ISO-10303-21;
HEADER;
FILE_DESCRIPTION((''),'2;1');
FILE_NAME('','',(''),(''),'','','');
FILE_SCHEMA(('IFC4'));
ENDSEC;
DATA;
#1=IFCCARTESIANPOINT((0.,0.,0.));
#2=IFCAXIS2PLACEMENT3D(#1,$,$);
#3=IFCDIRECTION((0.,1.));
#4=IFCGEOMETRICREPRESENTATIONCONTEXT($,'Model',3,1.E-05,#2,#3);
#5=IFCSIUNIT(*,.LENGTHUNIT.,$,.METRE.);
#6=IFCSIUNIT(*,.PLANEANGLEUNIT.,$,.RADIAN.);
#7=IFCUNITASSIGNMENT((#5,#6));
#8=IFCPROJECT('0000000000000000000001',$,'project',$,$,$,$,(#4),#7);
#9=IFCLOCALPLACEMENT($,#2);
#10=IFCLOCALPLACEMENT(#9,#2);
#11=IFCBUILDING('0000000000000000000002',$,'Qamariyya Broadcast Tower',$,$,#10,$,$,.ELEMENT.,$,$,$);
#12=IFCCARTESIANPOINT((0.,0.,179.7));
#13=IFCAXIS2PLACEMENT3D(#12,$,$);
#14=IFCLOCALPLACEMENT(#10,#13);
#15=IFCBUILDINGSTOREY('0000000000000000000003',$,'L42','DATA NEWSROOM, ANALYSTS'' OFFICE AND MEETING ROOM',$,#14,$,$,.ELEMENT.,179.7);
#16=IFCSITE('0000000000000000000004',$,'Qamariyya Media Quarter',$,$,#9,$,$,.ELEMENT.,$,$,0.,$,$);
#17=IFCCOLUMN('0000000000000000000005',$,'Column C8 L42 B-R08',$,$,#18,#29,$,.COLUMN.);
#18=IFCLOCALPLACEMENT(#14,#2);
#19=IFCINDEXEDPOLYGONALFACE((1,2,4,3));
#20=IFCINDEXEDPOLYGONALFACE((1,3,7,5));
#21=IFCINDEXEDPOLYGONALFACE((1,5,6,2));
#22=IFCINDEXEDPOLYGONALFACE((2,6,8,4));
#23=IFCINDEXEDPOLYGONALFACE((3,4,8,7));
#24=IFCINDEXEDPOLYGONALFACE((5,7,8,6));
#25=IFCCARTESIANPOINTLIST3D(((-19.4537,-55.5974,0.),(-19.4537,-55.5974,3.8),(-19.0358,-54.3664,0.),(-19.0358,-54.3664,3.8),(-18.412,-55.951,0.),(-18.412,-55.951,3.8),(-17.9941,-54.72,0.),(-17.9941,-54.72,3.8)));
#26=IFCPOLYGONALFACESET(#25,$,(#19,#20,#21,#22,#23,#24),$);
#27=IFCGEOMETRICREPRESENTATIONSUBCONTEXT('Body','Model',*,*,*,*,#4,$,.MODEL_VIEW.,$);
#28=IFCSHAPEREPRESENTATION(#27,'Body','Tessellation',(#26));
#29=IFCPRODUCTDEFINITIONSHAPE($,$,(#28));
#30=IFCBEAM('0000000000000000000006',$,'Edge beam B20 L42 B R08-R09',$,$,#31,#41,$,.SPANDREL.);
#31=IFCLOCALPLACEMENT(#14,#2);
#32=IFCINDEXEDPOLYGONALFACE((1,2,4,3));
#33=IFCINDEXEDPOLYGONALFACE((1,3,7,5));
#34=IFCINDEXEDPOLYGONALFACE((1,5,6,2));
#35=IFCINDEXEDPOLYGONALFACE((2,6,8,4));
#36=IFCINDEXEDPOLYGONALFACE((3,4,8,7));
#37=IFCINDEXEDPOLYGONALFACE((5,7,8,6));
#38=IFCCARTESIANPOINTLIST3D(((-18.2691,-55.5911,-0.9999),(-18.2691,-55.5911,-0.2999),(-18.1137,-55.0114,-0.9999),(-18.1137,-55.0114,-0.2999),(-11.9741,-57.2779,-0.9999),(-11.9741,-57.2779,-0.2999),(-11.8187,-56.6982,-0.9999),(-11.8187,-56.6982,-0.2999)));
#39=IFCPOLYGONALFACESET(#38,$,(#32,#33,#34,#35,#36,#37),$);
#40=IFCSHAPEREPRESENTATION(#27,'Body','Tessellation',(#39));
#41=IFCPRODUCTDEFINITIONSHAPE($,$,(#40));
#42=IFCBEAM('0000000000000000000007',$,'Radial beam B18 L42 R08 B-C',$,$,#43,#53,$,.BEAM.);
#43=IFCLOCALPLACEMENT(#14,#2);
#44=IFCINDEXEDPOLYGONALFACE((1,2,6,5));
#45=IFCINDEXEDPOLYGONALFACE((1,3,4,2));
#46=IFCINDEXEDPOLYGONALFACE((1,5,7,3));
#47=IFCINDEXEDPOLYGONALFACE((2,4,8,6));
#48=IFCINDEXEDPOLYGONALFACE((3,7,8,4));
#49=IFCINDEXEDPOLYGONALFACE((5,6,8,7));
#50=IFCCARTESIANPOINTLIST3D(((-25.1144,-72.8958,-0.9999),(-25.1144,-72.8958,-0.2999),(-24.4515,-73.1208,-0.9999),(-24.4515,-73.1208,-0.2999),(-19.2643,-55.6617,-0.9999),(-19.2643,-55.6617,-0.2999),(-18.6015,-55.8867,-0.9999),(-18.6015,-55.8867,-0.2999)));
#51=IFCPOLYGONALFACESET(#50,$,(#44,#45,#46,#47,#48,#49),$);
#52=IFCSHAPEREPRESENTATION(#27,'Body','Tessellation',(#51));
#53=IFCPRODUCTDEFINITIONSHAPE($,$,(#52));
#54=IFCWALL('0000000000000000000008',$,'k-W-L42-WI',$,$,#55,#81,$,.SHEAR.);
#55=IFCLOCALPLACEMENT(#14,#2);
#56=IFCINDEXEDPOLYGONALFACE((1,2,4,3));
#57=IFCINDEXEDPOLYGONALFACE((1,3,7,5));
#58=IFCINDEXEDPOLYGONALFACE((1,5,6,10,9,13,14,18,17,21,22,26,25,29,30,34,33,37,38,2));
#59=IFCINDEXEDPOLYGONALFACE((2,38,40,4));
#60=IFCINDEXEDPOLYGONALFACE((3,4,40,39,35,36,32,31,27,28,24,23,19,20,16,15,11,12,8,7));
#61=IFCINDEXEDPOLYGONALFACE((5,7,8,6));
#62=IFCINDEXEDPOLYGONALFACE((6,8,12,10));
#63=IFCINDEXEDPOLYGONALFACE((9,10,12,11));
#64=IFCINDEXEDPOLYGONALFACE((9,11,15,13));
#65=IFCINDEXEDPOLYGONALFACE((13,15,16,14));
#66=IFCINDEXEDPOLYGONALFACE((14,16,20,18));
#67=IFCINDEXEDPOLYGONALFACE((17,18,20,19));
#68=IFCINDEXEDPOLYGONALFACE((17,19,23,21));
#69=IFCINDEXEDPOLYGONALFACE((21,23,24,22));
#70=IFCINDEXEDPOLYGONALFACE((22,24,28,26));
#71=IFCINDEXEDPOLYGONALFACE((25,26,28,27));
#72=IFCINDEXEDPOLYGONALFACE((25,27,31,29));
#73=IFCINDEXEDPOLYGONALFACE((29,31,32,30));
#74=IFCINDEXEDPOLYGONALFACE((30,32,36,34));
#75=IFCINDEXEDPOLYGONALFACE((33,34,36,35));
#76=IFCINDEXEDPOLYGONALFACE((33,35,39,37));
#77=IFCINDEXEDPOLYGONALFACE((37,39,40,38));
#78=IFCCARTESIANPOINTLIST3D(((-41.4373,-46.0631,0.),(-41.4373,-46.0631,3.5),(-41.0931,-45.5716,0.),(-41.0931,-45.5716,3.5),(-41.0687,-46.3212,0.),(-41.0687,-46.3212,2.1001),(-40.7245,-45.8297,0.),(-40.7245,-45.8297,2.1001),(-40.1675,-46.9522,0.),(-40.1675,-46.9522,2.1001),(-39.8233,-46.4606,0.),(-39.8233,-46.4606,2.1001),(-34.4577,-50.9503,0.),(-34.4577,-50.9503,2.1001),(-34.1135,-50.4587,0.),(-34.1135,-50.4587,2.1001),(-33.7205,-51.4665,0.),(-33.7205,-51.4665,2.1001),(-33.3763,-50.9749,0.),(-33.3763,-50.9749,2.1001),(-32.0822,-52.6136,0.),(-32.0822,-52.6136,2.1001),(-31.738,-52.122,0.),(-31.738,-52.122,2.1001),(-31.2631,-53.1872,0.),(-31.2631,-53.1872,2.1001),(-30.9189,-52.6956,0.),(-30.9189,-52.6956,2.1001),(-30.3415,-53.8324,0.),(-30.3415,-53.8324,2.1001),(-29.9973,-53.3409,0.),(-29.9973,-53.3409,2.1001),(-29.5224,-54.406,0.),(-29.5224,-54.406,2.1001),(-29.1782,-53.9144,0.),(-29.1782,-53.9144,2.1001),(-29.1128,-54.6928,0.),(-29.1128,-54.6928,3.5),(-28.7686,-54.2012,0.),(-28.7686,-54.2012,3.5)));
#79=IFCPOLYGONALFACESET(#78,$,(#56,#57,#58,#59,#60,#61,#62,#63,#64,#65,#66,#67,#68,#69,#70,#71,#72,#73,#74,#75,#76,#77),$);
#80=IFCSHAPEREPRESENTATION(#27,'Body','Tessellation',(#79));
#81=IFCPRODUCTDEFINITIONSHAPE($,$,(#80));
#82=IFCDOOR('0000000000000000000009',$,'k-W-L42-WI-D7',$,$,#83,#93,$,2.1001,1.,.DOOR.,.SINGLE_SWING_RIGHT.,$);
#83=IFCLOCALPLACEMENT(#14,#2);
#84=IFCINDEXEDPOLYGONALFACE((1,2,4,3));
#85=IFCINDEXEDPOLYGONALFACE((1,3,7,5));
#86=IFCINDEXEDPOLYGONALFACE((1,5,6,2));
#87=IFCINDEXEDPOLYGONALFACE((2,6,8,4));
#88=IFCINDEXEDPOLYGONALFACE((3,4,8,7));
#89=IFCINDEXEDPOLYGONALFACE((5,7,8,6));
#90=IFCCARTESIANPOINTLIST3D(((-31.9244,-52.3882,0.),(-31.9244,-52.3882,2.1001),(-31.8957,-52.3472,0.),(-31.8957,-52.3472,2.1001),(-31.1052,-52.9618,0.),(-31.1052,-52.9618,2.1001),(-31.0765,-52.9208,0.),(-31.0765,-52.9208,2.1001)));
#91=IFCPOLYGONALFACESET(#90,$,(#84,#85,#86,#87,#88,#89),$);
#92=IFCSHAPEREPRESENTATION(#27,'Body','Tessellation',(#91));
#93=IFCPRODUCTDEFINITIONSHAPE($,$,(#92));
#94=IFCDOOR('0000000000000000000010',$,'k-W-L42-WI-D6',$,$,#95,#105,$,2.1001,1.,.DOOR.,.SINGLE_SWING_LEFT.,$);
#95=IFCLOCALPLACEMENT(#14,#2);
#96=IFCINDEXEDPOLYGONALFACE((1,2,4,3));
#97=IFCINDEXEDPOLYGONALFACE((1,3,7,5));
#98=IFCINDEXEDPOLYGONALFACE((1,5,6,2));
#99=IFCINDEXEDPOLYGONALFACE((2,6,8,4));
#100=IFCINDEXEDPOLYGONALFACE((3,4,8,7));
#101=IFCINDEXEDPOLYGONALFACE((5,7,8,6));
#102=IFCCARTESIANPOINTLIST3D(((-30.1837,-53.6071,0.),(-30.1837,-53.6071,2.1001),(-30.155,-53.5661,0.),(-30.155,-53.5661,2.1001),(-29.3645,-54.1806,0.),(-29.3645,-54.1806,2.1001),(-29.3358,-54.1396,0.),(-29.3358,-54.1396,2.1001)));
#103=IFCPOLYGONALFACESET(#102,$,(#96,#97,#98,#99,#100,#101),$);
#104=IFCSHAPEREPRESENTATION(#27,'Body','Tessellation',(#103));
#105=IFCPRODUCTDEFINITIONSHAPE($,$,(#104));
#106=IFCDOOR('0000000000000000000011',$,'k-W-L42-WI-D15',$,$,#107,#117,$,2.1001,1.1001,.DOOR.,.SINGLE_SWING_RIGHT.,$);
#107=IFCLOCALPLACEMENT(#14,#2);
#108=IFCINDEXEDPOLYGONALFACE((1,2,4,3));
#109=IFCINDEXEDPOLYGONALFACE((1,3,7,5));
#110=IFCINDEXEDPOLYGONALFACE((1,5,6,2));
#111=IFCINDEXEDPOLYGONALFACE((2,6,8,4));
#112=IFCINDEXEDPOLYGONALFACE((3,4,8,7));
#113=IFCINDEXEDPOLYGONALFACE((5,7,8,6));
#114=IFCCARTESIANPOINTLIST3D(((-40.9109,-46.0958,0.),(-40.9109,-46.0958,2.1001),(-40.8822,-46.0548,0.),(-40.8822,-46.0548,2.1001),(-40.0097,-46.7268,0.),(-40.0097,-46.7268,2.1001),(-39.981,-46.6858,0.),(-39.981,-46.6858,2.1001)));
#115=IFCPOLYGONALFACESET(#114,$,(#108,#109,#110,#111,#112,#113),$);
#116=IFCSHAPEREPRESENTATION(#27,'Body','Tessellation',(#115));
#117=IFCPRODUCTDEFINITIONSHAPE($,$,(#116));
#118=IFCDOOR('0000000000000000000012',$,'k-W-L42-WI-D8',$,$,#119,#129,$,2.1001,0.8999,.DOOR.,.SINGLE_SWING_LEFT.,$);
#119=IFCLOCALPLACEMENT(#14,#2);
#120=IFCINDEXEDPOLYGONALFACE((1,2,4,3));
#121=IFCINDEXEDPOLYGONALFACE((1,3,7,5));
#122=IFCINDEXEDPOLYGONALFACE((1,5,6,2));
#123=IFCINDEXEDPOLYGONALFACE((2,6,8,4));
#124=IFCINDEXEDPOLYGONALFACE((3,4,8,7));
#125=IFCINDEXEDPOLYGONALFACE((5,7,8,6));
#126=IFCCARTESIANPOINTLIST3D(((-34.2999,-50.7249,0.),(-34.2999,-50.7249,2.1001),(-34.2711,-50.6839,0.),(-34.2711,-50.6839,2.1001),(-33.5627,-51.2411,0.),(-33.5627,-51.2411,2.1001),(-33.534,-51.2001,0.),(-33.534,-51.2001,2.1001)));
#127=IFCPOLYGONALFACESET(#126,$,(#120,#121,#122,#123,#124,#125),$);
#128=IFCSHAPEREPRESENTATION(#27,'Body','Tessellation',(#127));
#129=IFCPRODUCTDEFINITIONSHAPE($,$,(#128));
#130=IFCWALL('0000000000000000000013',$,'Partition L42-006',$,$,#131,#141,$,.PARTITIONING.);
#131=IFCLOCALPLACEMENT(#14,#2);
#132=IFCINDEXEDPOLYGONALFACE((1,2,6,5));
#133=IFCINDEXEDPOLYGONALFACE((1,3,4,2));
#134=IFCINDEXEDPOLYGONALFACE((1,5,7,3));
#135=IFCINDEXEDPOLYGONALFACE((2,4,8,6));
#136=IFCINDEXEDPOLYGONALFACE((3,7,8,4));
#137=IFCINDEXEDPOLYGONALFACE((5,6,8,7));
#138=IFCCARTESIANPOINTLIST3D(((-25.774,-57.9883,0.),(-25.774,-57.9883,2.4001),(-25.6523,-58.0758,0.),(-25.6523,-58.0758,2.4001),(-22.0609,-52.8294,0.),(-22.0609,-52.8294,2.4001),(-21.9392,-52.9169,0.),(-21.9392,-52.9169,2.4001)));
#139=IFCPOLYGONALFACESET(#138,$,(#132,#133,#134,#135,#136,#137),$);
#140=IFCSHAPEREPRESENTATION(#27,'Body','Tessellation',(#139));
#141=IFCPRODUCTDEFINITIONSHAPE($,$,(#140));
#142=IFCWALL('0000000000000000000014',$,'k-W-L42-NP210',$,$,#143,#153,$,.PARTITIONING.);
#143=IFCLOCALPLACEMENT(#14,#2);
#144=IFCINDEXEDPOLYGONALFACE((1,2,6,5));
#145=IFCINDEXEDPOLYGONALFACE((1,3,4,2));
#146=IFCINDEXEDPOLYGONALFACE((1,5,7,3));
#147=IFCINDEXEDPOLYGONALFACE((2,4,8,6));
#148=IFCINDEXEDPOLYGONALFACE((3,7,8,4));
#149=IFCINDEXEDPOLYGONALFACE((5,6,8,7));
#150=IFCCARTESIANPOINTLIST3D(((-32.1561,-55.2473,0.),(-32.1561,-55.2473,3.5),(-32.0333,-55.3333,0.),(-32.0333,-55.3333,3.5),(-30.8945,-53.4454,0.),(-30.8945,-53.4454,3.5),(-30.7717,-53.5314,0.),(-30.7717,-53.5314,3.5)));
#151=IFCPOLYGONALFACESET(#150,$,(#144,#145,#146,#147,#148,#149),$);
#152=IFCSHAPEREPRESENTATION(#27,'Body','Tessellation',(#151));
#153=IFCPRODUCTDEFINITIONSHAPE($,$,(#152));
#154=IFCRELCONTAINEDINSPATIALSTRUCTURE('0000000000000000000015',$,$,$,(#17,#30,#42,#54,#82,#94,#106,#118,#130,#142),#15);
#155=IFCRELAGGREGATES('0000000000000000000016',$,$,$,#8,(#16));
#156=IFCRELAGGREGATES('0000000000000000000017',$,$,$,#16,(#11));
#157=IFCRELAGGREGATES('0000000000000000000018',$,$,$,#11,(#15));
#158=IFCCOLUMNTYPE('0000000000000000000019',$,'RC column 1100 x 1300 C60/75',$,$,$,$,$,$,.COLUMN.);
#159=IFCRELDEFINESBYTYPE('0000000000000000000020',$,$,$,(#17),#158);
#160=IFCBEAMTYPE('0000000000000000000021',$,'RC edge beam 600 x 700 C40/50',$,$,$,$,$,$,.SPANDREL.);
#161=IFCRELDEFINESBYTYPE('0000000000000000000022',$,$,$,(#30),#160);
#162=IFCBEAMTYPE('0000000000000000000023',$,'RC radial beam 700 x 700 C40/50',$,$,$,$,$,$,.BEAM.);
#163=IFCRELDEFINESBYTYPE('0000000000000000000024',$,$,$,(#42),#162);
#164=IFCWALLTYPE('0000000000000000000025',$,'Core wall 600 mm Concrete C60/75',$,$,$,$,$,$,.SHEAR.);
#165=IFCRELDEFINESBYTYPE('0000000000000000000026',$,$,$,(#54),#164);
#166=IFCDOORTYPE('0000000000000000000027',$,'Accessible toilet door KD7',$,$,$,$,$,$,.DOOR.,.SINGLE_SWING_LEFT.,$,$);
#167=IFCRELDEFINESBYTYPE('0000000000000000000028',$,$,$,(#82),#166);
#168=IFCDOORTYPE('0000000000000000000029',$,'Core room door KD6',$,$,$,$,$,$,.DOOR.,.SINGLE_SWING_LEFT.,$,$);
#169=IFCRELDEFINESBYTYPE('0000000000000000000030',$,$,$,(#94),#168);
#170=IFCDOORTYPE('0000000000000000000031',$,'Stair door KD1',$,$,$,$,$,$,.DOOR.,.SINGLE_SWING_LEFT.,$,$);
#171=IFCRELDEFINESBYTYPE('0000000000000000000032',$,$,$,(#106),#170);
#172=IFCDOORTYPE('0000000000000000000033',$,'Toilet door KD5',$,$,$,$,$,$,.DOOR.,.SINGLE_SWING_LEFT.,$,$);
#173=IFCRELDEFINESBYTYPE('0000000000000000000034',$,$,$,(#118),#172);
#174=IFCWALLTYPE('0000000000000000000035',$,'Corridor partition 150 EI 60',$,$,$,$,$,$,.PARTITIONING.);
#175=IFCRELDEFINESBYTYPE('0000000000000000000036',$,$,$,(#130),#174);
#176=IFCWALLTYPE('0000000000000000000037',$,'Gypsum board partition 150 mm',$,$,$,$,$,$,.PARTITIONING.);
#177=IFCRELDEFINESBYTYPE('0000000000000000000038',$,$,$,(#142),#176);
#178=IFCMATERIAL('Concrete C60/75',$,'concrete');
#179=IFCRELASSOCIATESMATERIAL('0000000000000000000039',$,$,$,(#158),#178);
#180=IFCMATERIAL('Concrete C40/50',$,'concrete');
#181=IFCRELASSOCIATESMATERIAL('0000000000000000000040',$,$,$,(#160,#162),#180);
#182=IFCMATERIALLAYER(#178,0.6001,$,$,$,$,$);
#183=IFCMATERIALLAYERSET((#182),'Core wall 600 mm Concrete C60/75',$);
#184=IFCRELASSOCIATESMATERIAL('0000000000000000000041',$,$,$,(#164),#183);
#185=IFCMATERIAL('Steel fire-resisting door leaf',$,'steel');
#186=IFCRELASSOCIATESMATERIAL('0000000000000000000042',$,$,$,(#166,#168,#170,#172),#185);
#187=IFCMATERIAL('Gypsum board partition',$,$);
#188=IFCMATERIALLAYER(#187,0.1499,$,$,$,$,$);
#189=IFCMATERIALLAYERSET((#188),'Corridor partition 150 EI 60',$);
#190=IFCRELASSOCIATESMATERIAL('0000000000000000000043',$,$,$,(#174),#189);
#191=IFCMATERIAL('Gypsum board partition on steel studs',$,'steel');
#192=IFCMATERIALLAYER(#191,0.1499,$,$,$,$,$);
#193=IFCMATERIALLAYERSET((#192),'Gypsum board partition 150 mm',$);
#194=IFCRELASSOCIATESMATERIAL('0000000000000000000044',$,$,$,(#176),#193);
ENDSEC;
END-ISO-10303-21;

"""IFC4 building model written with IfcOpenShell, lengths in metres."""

from ifc_helpers import new_model, si_unit, direction, frame, frame_2d, origin, origin_2d, place, context, subcontext, project, spatial, rectangle, extrude, material, layer, layer_set, material_profile, profile_set, type_object, element, fill, save


model = new_model("IFC4")

# Units and contexts
model_context = context("Model", 3, precision=1e-05, world=origin(), true_north=direction((0.0, 1.0)))
body_context = subcontext(model_context, "Body", "Model", "MODEL_VIEW")
ifc_project = project(units=[si_unit("LENGTHUNIT", "METRE"), si_unit("PLANEANGLEUNIT", "RADIAN")], contexts=[model_context])

# Site, building, storey
site_placement = place(None, origin())
site = spatial("IfcSite", under=ifc_project, at=site_placement, Name="Qamariyya Media Quarter", CompositionType="ELEMENT", RefElevation=0.0)
building_placement = place(site_placement, origin())
building = spatial("IfcBuilding", under=site, at=building_placement, Name="Qamariyya Broadcast Tower", CompositionType="ELEMENT")
storey_placement = place(building_placement, frame((0.0, 0.0, 179.7)))
storey = spatial("IfcBuildingStorey", under=building, at=storey_placement, Name="L42", Description="DATA NEWSROOM, ANALYSTS' OFFICE AND MEETING ROOM", CompositionType="ELEMENT", Elevation=179.7)

# Column
ifc_material_1 = material(Name="Concrete C60/75", Category="concrete")
ifc_material_profile_1 = material_profile(ifc_material_1, rectangle(XDim=1.1001, YDim=1.3, at=origin_2d()))
ifc_profile_set_1 = profile_set([ifc_material_profile_1], Name="Concrete C60/75")
column_type = type_object("IfcColumnType", Name="RC column 1100 x 1300 C60/75", PredefinedType="COLUMN", material=ifc_profile_set_1)
column_placement = place(storey_placement, frame((-18.7239, -55.1587, 0.0), z_axis=(0.0, 0.0, 1.0), x_axis=(0.94693, -0.321439, 0.0)))
element("IfcColumn", 1, at=column_placement, inside=storey, type_object=column_type, Name="Column C8 L42 B-R08", PredefinedType="COLUMN", context=body_context, shape_type="SweptSolid", body=[
    extrude(rectangle(XDim=1.1001, YDim=1.3, at=origin_2d()), origin(), (0.0, 0.0, 1.0), 3.8),
])

# Beams
ifc_material_2 = material(Name="Concrete C40/50", Category="concrete")
ifc_material_profile_2 = material_profile(ifc_material_2, rectangle(XDim=0.6001, YDim=0.7, at=origin_2d()))
ifc_profile_set_2 = profile_set([ifc_material_profile_2], Name="Concrete C40/50")
beam_type_1 = type_object("IfcBeamType", Name="RC edge beam 600 x 700 C40/50", PredefinedType="SPANDREL", material=ifc_profile_set_2)
beam_1_placement = place(storey_placement, frame((-18.1914, -55.3013, -0.6499), z_axis=(0.965924, -0.258826, 0.0), x_axis=(0.258826, 0.965924, 0.0)))
element("IfcBeam", 2, at=beam_1_placement, inside=storey, type_object=beam_type_1, Name="Edge beam B20 L42 B R08-R09", PredefinedType="SPANDREL", context=body_context, shape_type="SweptSolid", body=[
    extrude(rectangle(XDim=0.6001, YDim=0.7, at=origin_2d()), origin(), (0.0, 0.0, 1.0), 6.5171),
])
ifc_material_profile_3 = material_profile(ifc_material_2, rectangle(XDim=0.7, YDim=0.7, at=origin_2d()))
ifc_profile_set_3 = profile_set([ifc_material_profile_3], Name="Concrete C40/50")
beam_type_2 = type_object("IfcBeamType", Name="RC radial beam 700 x 700 C40/50", PredefinedType="BEAM", material=ifc_profile_set_3)
beam_2_placement = place(storey_placement, frame((-18.9329, -55.7742, -0.6499), z_axis=(-0.321434, -0.946932, 0.0), x_axis=(0.946932, -0.321434, 0.0)))
element("IfcBeam", 3, at=beam_2_placement, inside=storey, type_object=beam_type_2, Name="Radial beam B18 L42 R08 B-C", PredefinedType="BEAM", context=body_context, shape_type="SweptSolid", body=[
    extrude(rectangle(XDim=0.7, YDim=0.7, at=origin_2d()), origin(), (0.0, 0.0, 1.0), 18.2),
])

# Wall, openings, doors
ifc_layer_1 = layer(ifc_material_1, 0.6001)
ifc_layer_set_1 = layer_set([ifc_layer_1], Name="Core wall 600 mm Concrete C60/75")
wall_type_1 = type_object("IfcWallType", Name="Core wall 600 mm Concrete C60/75", PredefinedType="SHEAR", material=ifc_layer_set_1)
wall_1_placement = place(storey_placement, frame((-28.9407, -54.447, 0.0), z_axis=(0.0, 0.0, 1.0), x_axis=(-0.819153, 0.573575, 0.0)))
wall_1 = element("IfcWall", 4, at=wall_1_placement, inside=storey, type_object=wall_type_1, Name="k-W-L42-WI", PredefinedType="SHEAR", context=body_context, shape_type="SweptSolid", body=[
    extrude(rectangle(XDim=15.0454, YDim=0.6001, at=frame_2d((7.5227, 0.0))), origin(), (0.0, 0.0, 1.0), 3.5),
])
opening_1_placement = place(wall_1_placement, frame((0.5, 0.0, 0.0)))
opening_1 = element("IfcOpeningElement", 5, at=opening_1_placement, cuts=wall_1, PredefinedType="OPENING", context=body_context, shape_type="SweptSolid", body=[
    extrude(rectangle(XDim=1.0, YDim=2.1001, at=frame_2d((0.5, 1.05))), frame((0.0, 0.3101, 0.0), z_axis=(0.0, -1.0, 0.0), x_axis=(1.0, 0.0, 0.0)), (0.0, 0.0, 1.0), 0.6201),
])
opening_2_placement = place(wall_1_placement, frame((2.625, 0.0, 0.0)))
opening_2 = element("IfcOpeningElement", 6, at=opening_2_placement, cuts=wall_1, PredefinedType="OPENING", context=body_context, shape_type="SweptSolid", body=[
    extrude(rectangle(XDim=1.0, YDim=2.1001, at=frame_2d((0.5, 1.05))), frame((0.0, 0.3101, 0.0), z_axis=(0.0, -1.0, 0.0), x_axis=(1.0, 0.0, 0.0)), (0.0, 0.0, 1.0), 0.6201),
])
opening_3_placement = place(wall_1_placement, frame((5.625, 0.0, 0.0)))
opening_3 = element("IfcOpeningElement", 7, at=opening_3_placement, cuts=wall_1, PredefinedType="OPENING", context=body_context, shape_type="SweptSolid", body=[
    extrude(rectangle(XDim=0.8999, YDim=2.1001, at=frame_2d((0.45, 1.05))), frame((0.0, 0.3101, 0.0), z_axis=(0.0, -1.0, 0.0), x_axis=(1.0, 0.0, 0.0)), (0.0, 0.0, 1.0), 0.6201),
])
opening_4_placement = place(wall_1_placement, frame((13.4954, 0.0, 0.0)))
opening_4 = element("IfcOpeningElement", 8, at=opening_4_placement, cuts=wall_1, PredefinedType="OPENING", context=body_context, shape_type="SweptSolid", body=[
    extrude(rectangle(XDim=1.1001, YDim=2.1001, at=frame_2d((0.55, 1.05))), frame((0.0, 0.3101, 0.0), z_axis=(0.0, -1.0, 0.0), x_axis=(1.0, 0.0, 0.0)), (0.0, 0.0, 1.0), 0.6201),
])
ifc_material_3 = material(Name="Steel fire-resisting door leaf", Category="steel")
door_type_1 = type_object("IfcDoorType", Name="Accessible toilet door KD7", OperationType="SINGLE_SWING_LEFT", PredefinedType="DOOR", material=ifc_material_3)
door_1_placement = place(opening_2_placement, origin())
door_1 = element("IfcDoor", 9, at=door_1_placement, inside=storey, type_object=door_type_1, Name="k-W-L42-WI-D7", OperationType="SINGLE_SWING_RIGHT", OverallHeight=2.1001, OverallWidth=1.0, PredefinedType="DOOR", context=body_context, shape_type="SweptSolid", body=[
    extrude(rectangle(XDim=1.0, YDim=2.1001, at=frame_2d((0.5, 1.05))), frame((0.0, 0.0249, 0.0), z_axis=(0.0, -1.0, 0.0), x_axis=(1.0, 0.0, 0.0)), (0.0, 0.0, 1.0), 0.05),
])
fill(opening_2, door_1)
door_type_2 = type_object("IfcDoorType", Name="Core room door KD6", OperationType="SINGLE_SWING_LEFT", PredefinedType="DOOR", material=ifc_material_3)
door_2_placement = place(opening_1_placement, origin())
door_2 = element("IfcDoor", 10, at=door_2_placement, inside=storey, type_object=door_type_2, Name="k-W-L42-WI-D6", OperationType="SINGLE_SWING_LEFT", OverallHeight=2.1001, OverallWidth=1.0, PredefinedType="DOOR", context=body_context, shape_type="SweptSolid", body=[
    extrude(rectangle(XDim=1.0, YDim=2.1001, at=frame_2d((0.5, 1.05))), frame((0.0, 0.0249, 0.0), z_axis=(0.0, -1.0, 0.0), x_axis=(1.0, 0.0, 0.0)), (0.0, 0.0, 1.0), 0.05),
])
fill(opening_1, door_2)
door_type_3 = type_object("IfcDoorType", Name="Stair door KD1", OperationType="SINGLE_SWING_LEFT", PredefinedType="DOOR", material=ifc_material_3)
door_3_placement = place(opening_4_placement, origin())
door_3 = element("IfcDoor", 11, at=door_3_placement, inside=storey, type_object=door_type_3, Name="k-W-L42-WI-D15", OperationType="SINGLE_SWING_RIGHT", OverallHeight=2.1001, OverallWidth=1.1001, PredefinedType="DOOR", context=body_context, shape_type="SweptSolid", body=[
    extrude(rectangle(XDim=1.1001, YDim=2.1001, at=frame_2d((0.55, 1.05))), frame((0.0, 0.0249, 0.0), z_axis=(0.0, -1.0, 0.0), x_axis=(1.0, 0.0, 0.0)), (0.0, 0.0, 1.0), 0.05),
])
fill(opening_4, door_3)
door_type_4 = type_object("IfcDoorType", Name="Toilet door KD5", OperationType="SINGLE_SWING_LEFT", PredefinedType="DOOR", material=ifc_material_3)
door_4_placement = place(opening_3_placement, origin())
door_4 = element("IfcDoor", 12, at=door_4_placement, inside=storey, type_object=door_type_4, Name="k-W-L42-WI-D8", OperationType="SINGLE_SWING_LEFT", OverallHeight=2.1001, OverallWidth=0.8999, PredefinedType="DOOR", context=body_context, shape_type="SweptSolid", body=[
    extrude(rectangle(XDim=0.8999, YDim=2.1001, at=frame_2d((0.45, 1.05))), frame((0.0, 0.0249, 0.0), z_axis=(0.0, -1.0, 0.0), x_axis=(1.0, 0.0, 0.0)), (0.0, 0.0, 1.0), 0.05),
])
fill(opening_3, door_4)

# Walls
ifc_material_4 = material(Name="Gypsum board partition")
ifc_layer_2 = layer(ifc_material_4, 0.1499)
ifc_layer_set_2 = layer_set([ifc_layer_2], Name="Corridor partition 150 EI 60")
wall_type_2 = type_object("IfcWallType", Name="Corridor partition 150 EI 60", PredefinedType="PARTITIONING", material=ifc_layer_set_2)
wall_2_placement = place(storey_placement, frame((-22.0, -52.873, 0.0), z_axis=(0.0, 0.0, 1.0), x_axis=(-0.58417, -0.811631, 0.0)))
element("IfcWall", 13, at=wall_2_placement, inside=storey, type_object=wall_type_2, Name="Partition L42-006", PredefinedType="PARTITIONING", context=body_context, shape_type="SweptSolid", body=[
    extrude(rectangle(XDim=6.3562, YDim=0.1499, at=frame_2d((3.1782, 0.0))), origin(), (0.0, 0.0, 1.0), 2.4001),
])
ifc_material_5 = material(Name="Gypsum board partition on steel studs", Category="steel")
ifc_layer_3 = layer(ifc_material_5, 0.1499)
ifc_layer_set_3 = layer_set([ifc_layer_3], Name="Gypsum board partition 150 mm")
wall_type_3 = type_object("IfcWallType", Name="Gypsum board partition 150 mm", PredefinedType="PARTITIONING", material=ifc_layer_set_3)
wall_3_placement = place(storey_placement, frame((-32.0947, -55.2903, 0.0), z_axis=(0.0, 0.0, 1.0), x_axis=(0.573559, 0.819164, 0.0)))
element("IfcWall", 14, at=wall_3_placement, inside=storey, type_object=wall_type_3, Name="k-W-L42-NP210", PredefinedType="PARTITIONING", context=body_context, shape_type="SweptSolid", body=[
    extrude(rectangle(XDim=2.1997, YDim=0.1499, at=frame_2d((1.0999, 0.0))), origin(), (0.0, 0.0, 1.0), 3.5),
])

save(model, "model.ifc")
